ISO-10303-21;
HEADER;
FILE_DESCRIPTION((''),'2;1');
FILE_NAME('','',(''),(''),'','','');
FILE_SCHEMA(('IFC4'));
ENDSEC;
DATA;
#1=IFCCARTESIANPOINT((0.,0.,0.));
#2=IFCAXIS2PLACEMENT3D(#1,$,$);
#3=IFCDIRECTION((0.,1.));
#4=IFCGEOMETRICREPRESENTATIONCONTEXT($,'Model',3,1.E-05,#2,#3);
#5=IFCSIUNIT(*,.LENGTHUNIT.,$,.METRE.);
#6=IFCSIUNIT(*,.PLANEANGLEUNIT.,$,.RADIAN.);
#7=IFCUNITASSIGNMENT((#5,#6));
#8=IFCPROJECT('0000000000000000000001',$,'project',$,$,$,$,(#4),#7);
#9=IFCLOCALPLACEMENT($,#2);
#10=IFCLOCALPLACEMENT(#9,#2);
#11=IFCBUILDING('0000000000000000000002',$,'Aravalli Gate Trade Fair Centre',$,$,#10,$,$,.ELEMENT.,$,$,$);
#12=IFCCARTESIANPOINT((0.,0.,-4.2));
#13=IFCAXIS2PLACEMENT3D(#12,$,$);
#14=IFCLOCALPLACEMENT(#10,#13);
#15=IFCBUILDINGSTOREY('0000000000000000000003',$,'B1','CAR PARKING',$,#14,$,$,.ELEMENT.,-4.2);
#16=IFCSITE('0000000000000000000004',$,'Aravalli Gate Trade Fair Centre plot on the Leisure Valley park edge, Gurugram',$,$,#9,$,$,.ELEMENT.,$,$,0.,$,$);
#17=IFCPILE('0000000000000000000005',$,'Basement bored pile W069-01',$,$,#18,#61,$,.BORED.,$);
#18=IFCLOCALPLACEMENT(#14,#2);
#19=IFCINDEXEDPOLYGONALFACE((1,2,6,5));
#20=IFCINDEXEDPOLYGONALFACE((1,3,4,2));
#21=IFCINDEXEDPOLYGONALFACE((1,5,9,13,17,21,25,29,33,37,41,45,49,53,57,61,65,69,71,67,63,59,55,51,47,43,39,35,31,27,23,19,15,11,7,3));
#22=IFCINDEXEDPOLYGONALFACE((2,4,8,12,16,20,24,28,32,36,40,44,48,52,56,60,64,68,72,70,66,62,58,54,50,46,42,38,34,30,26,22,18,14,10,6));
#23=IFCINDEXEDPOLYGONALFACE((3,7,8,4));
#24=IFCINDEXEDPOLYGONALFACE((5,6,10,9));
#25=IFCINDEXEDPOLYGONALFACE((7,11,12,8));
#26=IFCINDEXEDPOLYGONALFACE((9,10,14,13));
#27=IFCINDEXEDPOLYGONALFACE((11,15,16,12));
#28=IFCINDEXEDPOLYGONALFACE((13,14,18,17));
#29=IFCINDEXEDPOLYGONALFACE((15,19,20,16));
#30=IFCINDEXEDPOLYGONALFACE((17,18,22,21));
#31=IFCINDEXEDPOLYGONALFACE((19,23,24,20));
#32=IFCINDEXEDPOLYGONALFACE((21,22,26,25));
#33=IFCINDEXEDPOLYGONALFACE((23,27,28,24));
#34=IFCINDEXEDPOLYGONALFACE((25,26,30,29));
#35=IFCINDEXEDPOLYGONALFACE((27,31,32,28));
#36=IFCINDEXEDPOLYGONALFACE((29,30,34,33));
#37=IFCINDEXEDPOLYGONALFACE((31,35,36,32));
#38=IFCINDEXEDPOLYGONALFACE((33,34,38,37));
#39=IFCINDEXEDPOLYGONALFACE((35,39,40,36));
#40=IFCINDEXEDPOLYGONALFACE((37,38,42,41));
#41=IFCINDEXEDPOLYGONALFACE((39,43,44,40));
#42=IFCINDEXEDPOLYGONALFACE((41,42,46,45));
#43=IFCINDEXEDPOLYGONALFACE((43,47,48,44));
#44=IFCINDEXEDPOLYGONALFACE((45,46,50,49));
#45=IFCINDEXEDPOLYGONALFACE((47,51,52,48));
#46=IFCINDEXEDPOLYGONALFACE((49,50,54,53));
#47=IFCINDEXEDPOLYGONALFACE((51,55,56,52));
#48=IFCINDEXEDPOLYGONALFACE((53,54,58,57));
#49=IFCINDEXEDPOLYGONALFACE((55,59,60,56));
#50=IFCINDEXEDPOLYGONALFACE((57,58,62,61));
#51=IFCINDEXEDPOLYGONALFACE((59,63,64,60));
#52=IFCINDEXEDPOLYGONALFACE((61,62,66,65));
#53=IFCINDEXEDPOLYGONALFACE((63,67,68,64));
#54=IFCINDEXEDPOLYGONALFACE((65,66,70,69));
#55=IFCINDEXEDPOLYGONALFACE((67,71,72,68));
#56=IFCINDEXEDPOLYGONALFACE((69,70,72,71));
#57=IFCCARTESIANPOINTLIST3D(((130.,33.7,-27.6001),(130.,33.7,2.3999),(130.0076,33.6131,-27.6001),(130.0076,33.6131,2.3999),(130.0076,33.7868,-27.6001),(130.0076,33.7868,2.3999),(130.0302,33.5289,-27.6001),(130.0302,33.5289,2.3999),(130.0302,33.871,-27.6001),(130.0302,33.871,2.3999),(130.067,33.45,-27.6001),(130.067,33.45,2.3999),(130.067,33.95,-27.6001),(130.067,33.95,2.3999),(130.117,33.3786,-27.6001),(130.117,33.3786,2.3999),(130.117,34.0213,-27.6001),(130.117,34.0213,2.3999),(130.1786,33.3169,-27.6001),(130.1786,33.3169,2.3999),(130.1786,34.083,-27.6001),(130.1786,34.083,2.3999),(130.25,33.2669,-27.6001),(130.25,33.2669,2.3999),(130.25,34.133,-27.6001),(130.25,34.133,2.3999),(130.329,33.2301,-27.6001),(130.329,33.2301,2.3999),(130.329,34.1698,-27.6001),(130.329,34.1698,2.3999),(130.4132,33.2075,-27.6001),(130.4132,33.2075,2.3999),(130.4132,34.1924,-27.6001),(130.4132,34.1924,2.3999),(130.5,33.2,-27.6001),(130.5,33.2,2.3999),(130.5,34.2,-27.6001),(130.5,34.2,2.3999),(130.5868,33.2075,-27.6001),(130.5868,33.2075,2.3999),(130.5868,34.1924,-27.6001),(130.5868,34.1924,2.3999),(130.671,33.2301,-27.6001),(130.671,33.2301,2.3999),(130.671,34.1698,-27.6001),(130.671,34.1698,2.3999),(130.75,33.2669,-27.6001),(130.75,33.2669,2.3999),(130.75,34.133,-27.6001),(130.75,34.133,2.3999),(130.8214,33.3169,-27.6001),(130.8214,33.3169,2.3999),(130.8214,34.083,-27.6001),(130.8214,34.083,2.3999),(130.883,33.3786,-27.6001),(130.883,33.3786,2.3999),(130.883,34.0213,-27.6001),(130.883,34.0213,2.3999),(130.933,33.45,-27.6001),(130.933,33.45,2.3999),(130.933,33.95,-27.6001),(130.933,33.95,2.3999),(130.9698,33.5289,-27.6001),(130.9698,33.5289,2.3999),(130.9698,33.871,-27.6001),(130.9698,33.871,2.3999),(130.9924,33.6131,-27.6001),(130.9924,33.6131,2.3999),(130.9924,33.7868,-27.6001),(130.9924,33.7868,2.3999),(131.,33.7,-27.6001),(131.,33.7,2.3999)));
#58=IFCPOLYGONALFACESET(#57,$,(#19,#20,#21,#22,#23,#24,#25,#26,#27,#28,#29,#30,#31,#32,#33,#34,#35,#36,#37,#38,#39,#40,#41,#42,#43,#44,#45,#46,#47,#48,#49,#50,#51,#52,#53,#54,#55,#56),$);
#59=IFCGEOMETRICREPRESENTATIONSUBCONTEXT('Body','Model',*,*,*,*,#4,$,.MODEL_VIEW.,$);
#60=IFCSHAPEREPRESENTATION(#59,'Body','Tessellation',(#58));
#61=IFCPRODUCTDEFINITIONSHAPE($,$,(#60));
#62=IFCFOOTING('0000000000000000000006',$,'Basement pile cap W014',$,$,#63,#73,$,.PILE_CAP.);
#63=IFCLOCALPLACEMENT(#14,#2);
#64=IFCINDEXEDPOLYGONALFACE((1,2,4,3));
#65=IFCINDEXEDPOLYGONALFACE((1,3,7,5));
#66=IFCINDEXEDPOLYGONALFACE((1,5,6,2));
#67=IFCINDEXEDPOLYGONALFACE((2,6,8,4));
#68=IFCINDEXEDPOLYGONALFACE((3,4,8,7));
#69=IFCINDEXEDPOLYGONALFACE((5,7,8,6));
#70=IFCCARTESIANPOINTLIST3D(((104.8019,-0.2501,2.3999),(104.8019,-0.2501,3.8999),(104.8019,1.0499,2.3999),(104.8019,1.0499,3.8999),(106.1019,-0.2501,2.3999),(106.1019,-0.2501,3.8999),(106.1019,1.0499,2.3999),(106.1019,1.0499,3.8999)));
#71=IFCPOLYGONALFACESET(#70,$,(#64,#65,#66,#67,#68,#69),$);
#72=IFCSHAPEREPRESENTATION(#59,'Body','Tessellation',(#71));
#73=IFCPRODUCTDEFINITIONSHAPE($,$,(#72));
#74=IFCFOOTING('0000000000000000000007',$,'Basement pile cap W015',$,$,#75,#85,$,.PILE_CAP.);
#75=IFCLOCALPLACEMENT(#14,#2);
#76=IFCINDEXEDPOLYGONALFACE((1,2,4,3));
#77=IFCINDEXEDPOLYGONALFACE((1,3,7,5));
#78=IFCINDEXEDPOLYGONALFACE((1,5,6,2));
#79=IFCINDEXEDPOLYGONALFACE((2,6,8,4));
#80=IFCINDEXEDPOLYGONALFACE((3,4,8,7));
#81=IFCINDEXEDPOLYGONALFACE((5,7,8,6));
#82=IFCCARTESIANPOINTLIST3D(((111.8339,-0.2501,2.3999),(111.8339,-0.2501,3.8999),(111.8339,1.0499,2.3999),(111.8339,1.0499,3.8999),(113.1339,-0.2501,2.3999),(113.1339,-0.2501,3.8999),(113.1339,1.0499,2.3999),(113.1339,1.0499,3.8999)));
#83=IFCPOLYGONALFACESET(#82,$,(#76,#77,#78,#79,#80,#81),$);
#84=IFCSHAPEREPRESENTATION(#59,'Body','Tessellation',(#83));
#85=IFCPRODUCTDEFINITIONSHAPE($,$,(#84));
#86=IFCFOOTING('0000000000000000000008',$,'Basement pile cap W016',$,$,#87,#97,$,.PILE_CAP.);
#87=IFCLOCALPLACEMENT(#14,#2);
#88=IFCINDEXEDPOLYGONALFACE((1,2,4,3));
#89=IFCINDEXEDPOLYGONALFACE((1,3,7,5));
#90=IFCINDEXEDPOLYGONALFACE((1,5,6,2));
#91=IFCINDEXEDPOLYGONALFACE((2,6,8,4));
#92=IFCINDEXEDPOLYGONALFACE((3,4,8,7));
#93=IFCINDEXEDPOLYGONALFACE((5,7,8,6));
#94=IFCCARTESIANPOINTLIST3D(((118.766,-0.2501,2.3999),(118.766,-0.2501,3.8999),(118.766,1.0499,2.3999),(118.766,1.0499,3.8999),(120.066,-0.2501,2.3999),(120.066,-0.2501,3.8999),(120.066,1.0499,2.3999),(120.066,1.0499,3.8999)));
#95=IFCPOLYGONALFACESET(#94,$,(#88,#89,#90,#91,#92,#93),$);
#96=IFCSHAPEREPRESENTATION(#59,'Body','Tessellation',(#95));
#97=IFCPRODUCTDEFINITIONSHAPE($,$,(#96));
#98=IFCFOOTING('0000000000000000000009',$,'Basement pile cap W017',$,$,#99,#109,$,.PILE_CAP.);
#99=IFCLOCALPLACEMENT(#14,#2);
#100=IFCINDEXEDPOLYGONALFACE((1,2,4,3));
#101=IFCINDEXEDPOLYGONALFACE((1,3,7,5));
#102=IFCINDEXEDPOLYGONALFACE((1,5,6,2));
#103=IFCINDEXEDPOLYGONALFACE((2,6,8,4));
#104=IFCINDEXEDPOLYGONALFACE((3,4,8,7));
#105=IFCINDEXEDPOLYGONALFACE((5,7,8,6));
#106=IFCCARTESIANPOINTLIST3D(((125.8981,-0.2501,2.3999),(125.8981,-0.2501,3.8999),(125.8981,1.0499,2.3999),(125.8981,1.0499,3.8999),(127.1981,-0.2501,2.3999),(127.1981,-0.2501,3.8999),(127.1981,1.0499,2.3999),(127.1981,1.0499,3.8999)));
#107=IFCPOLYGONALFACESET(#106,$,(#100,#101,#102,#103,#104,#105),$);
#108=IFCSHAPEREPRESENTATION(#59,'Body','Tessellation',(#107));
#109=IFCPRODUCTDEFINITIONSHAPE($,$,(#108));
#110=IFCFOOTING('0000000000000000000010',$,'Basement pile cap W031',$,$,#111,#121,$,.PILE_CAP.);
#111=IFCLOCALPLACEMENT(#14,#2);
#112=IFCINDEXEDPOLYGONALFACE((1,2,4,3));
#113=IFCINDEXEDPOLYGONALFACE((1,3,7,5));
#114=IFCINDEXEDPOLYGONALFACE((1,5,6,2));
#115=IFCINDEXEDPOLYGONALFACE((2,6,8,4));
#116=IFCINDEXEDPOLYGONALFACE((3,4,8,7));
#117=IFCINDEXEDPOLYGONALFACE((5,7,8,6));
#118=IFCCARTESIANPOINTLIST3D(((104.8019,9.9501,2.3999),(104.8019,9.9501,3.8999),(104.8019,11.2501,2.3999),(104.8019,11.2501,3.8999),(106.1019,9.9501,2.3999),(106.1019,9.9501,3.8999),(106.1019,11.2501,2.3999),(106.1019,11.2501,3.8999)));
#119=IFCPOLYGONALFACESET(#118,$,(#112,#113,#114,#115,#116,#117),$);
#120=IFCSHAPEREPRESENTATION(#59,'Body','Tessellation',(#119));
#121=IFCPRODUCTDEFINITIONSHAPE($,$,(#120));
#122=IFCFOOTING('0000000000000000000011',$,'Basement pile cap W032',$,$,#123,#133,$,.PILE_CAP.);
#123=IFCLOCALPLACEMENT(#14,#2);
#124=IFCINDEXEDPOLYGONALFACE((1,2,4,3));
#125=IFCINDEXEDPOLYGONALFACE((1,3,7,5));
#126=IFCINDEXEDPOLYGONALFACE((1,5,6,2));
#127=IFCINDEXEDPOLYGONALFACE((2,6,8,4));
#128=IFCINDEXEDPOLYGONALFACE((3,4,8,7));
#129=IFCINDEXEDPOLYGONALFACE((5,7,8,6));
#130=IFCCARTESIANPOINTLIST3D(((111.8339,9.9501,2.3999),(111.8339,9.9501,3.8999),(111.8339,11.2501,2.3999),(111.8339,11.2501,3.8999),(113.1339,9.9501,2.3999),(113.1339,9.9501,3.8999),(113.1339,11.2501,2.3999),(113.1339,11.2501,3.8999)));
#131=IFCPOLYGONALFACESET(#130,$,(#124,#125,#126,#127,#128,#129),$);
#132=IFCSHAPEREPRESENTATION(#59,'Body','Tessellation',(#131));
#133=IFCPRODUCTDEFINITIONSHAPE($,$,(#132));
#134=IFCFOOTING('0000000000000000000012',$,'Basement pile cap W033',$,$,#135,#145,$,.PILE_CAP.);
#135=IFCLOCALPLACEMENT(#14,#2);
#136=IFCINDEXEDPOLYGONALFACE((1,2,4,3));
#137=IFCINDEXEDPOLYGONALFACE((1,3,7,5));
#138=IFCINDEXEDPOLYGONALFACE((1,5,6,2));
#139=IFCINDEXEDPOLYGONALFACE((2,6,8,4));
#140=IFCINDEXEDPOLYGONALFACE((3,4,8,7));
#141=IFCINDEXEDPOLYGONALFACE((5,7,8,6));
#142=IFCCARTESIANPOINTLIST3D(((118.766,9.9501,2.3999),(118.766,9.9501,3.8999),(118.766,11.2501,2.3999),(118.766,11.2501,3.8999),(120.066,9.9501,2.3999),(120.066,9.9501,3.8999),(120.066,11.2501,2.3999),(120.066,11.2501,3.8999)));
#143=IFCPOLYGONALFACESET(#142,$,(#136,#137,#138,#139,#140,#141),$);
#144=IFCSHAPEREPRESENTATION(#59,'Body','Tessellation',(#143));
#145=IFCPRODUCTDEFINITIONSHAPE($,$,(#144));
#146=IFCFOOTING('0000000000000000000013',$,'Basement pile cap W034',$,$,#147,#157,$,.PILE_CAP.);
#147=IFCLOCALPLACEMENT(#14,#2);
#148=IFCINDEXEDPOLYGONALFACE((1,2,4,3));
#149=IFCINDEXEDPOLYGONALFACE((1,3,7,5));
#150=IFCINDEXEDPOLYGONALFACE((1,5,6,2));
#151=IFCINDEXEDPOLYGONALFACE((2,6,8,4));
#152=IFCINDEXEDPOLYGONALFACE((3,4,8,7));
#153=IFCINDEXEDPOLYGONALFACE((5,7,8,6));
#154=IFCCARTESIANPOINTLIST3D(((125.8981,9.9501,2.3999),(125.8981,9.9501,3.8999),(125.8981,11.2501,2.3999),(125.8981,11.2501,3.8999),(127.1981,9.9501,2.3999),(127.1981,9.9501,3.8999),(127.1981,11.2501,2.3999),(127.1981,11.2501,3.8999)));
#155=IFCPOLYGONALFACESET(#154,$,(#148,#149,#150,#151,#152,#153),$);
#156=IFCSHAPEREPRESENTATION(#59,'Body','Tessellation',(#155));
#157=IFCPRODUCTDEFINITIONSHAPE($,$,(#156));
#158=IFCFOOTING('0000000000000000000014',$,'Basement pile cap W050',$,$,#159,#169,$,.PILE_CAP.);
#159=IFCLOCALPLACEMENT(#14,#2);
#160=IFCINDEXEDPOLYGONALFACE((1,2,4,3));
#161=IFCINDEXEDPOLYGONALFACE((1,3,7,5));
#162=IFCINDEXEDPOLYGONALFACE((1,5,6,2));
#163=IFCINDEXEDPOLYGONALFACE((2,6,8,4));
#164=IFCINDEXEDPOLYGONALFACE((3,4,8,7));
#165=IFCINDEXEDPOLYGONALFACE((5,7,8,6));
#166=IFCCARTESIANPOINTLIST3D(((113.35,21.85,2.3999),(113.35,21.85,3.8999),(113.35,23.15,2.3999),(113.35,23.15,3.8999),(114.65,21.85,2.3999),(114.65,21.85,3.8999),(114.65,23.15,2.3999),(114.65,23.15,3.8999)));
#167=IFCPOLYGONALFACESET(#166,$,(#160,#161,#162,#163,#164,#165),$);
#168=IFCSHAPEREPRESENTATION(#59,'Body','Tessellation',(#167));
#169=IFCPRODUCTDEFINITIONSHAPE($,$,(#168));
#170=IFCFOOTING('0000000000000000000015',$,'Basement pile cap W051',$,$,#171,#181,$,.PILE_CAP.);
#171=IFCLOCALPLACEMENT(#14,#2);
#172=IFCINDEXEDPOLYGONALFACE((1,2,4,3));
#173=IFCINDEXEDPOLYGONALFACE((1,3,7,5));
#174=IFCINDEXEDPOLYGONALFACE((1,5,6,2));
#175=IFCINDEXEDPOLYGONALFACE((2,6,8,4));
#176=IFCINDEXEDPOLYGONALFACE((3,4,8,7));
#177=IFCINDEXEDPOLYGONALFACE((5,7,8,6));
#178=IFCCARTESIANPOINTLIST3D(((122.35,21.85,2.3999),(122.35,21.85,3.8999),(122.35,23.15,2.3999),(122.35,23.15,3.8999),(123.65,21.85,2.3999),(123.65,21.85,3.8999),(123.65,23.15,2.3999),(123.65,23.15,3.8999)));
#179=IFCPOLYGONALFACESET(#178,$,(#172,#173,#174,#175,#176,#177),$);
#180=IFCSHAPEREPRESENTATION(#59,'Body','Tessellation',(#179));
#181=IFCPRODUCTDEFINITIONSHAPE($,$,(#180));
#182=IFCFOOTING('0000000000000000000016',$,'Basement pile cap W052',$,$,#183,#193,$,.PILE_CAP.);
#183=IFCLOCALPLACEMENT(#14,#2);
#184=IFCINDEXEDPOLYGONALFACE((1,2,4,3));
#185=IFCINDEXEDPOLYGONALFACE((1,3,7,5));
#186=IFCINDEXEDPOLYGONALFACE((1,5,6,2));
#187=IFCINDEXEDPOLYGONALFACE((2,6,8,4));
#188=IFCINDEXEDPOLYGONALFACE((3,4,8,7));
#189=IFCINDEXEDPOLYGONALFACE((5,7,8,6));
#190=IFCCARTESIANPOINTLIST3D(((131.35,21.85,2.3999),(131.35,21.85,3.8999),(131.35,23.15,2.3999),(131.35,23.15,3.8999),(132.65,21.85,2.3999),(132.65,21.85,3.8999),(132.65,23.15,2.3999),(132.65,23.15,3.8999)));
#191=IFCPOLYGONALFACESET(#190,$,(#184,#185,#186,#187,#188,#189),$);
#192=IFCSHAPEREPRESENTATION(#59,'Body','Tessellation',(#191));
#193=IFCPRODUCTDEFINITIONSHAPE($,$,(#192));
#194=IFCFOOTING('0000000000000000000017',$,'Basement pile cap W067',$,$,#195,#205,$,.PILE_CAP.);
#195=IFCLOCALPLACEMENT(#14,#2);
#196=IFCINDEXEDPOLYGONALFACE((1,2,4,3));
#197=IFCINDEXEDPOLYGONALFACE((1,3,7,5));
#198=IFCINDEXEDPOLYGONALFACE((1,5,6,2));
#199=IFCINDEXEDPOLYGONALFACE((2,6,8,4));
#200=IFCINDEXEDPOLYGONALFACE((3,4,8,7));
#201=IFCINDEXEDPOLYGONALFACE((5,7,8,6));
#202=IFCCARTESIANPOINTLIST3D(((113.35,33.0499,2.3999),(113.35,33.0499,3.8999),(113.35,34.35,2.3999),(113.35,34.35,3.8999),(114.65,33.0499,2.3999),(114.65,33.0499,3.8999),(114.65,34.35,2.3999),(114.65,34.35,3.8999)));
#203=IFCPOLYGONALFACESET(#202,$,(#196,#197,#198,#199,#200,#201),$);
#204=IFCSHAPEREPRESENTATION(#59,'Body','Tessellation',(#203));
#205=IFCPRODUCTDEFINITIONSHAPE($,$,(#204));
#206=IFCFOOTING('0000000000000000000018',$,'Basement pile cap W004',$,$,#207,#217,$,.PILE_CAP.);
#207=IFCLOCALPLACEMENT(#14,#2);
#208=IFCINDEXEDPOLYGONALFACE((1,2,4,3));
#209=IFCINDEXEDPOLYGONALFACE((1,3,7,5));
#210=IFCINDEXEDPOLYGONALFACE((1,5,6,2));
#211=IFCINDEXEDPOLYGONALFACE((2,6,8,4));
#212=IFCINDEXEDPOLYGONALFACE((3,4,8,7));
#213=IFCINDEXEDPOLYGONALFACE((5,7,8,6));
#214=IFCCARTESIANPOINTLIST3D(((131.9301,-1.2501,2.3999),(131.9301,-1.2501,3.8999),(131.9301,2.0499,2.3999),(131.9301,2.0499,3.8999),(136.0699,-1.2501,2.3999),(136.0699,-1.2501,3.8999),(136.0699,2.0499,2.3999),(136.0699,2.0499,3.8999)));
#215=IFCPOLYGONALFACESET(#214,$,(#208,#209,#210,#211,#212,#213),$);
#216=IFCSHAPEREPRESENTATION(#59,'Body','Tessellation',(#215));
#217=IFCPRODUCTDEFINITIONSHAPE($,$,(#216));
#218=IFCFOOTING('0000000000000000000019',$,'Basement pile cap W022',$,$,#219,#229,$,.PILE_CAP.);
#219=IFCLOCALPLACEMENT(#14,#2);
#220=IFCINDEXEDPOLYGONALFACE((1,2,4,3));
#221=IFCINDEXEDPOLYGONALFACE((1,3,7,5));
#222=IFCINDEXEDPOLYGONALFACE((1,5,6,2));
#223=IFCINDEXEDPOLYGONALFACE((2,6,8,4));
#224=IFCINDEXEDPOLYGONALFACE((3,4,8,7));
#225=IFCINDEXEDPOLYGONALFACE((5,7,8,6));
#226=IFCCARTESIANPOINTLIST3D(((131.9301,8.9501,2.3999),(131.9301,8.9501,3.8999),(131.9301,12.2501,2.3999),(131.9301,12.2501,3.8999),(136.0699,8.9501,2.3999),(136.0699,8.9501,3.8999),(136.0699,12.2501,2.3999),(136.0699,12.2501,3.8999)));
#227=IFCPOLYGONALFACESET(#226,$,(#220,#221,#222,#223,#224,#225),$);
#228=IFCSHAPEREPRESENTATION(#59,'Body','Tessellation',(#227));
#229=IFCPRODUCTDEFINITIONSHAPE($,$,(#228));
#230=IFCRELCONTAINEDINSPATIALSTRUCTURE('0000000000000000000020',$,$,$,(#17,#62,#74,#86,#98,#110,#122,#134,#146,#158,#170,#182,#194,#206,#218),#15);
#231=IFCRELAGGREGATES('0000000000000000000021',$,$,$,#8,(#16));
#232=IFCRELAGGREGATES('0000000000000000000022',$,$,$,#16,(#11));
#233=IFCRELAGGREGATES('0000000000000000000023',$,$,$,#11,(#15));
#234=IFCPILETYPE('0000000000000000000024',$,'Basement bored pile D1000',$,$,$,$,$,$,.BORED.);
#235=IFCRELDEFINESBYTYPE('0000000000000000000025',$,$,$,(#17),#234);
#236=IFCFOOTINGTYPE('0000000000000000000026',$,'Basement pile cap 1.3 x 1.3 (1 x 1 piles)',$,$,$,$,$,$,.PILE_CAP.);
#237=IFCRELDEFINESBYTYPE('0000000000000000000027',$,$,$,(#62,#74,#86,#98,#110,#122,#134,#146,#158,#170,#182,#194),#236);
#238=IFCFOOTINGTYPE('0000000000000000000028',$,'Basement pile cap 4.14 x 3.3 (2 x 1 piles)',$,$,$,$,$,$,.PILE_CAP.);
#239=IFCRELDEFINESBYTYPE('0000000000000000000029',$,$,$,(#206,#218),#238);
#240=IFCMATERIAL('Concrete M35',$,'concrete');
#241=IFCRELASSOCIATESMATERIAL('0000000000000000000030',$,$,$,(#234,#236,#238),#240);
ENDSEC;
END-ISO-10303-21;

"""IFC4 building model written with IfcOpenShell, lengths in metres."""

from ifc_helpers import new_model, si_unit, direction, frame, origin, origin_2d, place, context, subcontext, project, spatial, rectangle, circle, extrude, material, material_profile, profile_set, type_object, element, save


model = new_model("IFC4")

# Units and contexts
model_context = context("Model", 3, precision=1e-05, world=origin(), true_north=direction((0.0, 1.0)))
body_context = subcontext(model_context, "Body", "Model", "MODEL_VIEW")
ifc_project = project(units=[si_unit("LENGTHUNIT", "METRE"), si_unit("PLANEANGLEUNIT", "RADIAN")], contexts=[model_context])

# Site, building, storey
site_placement = place(None, origin())
site = spatial("IfcSite", under=ifc_project, at=site_placement, Name="Aravalli Gate Trade Fair Centre plot on the Leisure Valley park edge, Gurugram", CompositionType="ELEMENT", RefElevation=0.0)
building_placement = place(site_placement, origin())
building = spatial("IfcBuilding", under=site, at=building_placement, Name="Aravalli Gate Trade Fair Centre", CompositionType="ELEMENT")
storey_placement = place(building_placement, frame((0.0, 0.0, -4.2)))
storey = spatial("IfcBuildingStorey", under=building, at=storey_placement, Name="B1", Description="CAR PARKING", CompositionType="ELEMENT", Elevation=-4.2)

# Pile
ifc_material = material(Name="Concrete M35", Category="concrete")
ifc_material_profile = material_profile(ifc_material, circle(Radius=0.5, at=origin_2d()), Name="D1000")
ifc_profile_set = profile_set([ifc_material_profile], Name="Concrete M35")
pile_type = type_object("IfcPileType", Name="Basement bored pile D1000", PredefinedType="BORED", material=ifc_profile_set)
for number, where, z_axis, x_axis, name in (
    (1, (130.5, 33.7, 2.3999), (0.0, 0.0, -1.0), (1.0, 0.0, 0.0), "Basement bored pile W069-01"),
):
    element("IfcPile", number, at=place(storey_placement, frame(where, z_axis=z_axis, x_axis=x_axis)), inside=storey, type_object=pile_type, Name=name, PredefinedType="BORED", context=body_context, shape_type="SweptSolid", body=[
        extrude(circle(Radius=0.5, at=origin_2d()), origin(), (0.0, 0.0, 1.0), 30.0),
    ])

# Footings
footing_type_1 = type_object("IfcFootingType", Name="Basement pile cap 1.3 x 1.3 (1 x 1 piles)", PredefinedType="PILE_CAP", material=ifc_material)
for number, where, z_axis, x_axis, name in (
    (2, (105.4519, 0.3999, 2.3999), (0.0, 0.0, 1.0), (1.0, 0.0, 0.0), "Basement pile cap W014"),
    (3, (112.4839, 0.3999, 2.3999), (0.0, 0.0, 1.0), (1.0, 0.0, 0.0), "Basement pile cap W015"),
    (4, (119.416, 0.3999, 2.3999), (0.0, 0.0, 1.0), (1.0, 0.0, 0.0), "Basement pile cap W016"),
    (5, (126.5481, 0.3999, 2.3999), (0.0, 0.0, 1.0), (1.0, 0.0, 0.0), "Basement pile cap W017"),
    (6, (105.4519, 10.6001, 2.3999), (0.0, 0.0, 1.0), (1.0, 0.0, 0.0), "Basement pile cap W031"),
    (7, (112.4839, 10.6001, 2.3999), (0.0, 0.0, 1.0), (1.0, 0.0, 0.0), "Basement pile cap W032"),
    (8, (119.416, 10.6001, 2.3999), (0.0, 0.0, 1.0), (1.0, 0.0, 0.0), "Basement pile cap W033"),
    (9, (126.5481, 10.6001, 2.3999), (0.0, 0.0, 1.0), (1.0, 0.0, 0.0), "Basement pile cap W034"),
    (10, (114.0, 22.5, 2.3999), (0.0, 0.0, 1.0), (1.0, 0.0, 0.0), "Basement pile cap W050"),
    (11, (123.0, 22.5, 2.3999), (0.0, 0.0, 1.0), (1.0, 0.0, 0.0), "Basement pile cap W051"),
    (12, (132.0, 22.5, 2.3999), (0.0, 0.0, 1.0), (1.0, 0.0, 0.0), "Basement pile cap W052"),
    (13, (114.0, 33.7, 2.3999), (0.0, 0.0, 1.0), (1.0, 0.0, 0.0), "Basement pile cap W067"),
):
    element("IfcFooting", number, at=place(storey_placement, frame(where, z_axis=z_axis, x_axis=x_axis)), inside=storey, type_object=footing_type_1, Name=name, PredefinedType="PILE_CAP", context=body_context, shape_type="SweptSolid", body=[
        extrude(rectangle(XDim=1.3, YDim=1.3, at=origin_2d()), origin(), (0.0, 0.0, 1.0), 1.5),
    ])
footing_type_2 = type_object("IfcFootingType", Name="Basement pile cap 4.14 x 3.3 (2 x 1 piles)", PredefinedType="PILE_CAP", material=ifc_material)
for number, where, z_axis, x_axis, name in (
    (14, (134.0, 0.3999, 2.3999), (0.0, 0.0, 1.0), (1.0, 0.0, 0.0), "Basement pile cap W004"),
    (15, (134.0, 10.6001, 2.3999), (0.0, 0.0, 1.0), (1.0, 0.0, 0.0), "Basement pile cap W022"),
):
    element("IfcFooting", number, at=place(storey_placement, frame(where, z_axis=z_axis, x_axis=x_axis)), inside=storey, type_object=footing_type_2, Name=name, PredefinedType="PILE_CAP", context=body_context, shape_type="SweptSolid", body=[
        extrude(rectangle(XDim=4.1399, YDim=3.3, at=origin_2d()), origin(), (0.0, 0.0, 1.0), 1.5),
    ])

save(model, "model.ifc")
